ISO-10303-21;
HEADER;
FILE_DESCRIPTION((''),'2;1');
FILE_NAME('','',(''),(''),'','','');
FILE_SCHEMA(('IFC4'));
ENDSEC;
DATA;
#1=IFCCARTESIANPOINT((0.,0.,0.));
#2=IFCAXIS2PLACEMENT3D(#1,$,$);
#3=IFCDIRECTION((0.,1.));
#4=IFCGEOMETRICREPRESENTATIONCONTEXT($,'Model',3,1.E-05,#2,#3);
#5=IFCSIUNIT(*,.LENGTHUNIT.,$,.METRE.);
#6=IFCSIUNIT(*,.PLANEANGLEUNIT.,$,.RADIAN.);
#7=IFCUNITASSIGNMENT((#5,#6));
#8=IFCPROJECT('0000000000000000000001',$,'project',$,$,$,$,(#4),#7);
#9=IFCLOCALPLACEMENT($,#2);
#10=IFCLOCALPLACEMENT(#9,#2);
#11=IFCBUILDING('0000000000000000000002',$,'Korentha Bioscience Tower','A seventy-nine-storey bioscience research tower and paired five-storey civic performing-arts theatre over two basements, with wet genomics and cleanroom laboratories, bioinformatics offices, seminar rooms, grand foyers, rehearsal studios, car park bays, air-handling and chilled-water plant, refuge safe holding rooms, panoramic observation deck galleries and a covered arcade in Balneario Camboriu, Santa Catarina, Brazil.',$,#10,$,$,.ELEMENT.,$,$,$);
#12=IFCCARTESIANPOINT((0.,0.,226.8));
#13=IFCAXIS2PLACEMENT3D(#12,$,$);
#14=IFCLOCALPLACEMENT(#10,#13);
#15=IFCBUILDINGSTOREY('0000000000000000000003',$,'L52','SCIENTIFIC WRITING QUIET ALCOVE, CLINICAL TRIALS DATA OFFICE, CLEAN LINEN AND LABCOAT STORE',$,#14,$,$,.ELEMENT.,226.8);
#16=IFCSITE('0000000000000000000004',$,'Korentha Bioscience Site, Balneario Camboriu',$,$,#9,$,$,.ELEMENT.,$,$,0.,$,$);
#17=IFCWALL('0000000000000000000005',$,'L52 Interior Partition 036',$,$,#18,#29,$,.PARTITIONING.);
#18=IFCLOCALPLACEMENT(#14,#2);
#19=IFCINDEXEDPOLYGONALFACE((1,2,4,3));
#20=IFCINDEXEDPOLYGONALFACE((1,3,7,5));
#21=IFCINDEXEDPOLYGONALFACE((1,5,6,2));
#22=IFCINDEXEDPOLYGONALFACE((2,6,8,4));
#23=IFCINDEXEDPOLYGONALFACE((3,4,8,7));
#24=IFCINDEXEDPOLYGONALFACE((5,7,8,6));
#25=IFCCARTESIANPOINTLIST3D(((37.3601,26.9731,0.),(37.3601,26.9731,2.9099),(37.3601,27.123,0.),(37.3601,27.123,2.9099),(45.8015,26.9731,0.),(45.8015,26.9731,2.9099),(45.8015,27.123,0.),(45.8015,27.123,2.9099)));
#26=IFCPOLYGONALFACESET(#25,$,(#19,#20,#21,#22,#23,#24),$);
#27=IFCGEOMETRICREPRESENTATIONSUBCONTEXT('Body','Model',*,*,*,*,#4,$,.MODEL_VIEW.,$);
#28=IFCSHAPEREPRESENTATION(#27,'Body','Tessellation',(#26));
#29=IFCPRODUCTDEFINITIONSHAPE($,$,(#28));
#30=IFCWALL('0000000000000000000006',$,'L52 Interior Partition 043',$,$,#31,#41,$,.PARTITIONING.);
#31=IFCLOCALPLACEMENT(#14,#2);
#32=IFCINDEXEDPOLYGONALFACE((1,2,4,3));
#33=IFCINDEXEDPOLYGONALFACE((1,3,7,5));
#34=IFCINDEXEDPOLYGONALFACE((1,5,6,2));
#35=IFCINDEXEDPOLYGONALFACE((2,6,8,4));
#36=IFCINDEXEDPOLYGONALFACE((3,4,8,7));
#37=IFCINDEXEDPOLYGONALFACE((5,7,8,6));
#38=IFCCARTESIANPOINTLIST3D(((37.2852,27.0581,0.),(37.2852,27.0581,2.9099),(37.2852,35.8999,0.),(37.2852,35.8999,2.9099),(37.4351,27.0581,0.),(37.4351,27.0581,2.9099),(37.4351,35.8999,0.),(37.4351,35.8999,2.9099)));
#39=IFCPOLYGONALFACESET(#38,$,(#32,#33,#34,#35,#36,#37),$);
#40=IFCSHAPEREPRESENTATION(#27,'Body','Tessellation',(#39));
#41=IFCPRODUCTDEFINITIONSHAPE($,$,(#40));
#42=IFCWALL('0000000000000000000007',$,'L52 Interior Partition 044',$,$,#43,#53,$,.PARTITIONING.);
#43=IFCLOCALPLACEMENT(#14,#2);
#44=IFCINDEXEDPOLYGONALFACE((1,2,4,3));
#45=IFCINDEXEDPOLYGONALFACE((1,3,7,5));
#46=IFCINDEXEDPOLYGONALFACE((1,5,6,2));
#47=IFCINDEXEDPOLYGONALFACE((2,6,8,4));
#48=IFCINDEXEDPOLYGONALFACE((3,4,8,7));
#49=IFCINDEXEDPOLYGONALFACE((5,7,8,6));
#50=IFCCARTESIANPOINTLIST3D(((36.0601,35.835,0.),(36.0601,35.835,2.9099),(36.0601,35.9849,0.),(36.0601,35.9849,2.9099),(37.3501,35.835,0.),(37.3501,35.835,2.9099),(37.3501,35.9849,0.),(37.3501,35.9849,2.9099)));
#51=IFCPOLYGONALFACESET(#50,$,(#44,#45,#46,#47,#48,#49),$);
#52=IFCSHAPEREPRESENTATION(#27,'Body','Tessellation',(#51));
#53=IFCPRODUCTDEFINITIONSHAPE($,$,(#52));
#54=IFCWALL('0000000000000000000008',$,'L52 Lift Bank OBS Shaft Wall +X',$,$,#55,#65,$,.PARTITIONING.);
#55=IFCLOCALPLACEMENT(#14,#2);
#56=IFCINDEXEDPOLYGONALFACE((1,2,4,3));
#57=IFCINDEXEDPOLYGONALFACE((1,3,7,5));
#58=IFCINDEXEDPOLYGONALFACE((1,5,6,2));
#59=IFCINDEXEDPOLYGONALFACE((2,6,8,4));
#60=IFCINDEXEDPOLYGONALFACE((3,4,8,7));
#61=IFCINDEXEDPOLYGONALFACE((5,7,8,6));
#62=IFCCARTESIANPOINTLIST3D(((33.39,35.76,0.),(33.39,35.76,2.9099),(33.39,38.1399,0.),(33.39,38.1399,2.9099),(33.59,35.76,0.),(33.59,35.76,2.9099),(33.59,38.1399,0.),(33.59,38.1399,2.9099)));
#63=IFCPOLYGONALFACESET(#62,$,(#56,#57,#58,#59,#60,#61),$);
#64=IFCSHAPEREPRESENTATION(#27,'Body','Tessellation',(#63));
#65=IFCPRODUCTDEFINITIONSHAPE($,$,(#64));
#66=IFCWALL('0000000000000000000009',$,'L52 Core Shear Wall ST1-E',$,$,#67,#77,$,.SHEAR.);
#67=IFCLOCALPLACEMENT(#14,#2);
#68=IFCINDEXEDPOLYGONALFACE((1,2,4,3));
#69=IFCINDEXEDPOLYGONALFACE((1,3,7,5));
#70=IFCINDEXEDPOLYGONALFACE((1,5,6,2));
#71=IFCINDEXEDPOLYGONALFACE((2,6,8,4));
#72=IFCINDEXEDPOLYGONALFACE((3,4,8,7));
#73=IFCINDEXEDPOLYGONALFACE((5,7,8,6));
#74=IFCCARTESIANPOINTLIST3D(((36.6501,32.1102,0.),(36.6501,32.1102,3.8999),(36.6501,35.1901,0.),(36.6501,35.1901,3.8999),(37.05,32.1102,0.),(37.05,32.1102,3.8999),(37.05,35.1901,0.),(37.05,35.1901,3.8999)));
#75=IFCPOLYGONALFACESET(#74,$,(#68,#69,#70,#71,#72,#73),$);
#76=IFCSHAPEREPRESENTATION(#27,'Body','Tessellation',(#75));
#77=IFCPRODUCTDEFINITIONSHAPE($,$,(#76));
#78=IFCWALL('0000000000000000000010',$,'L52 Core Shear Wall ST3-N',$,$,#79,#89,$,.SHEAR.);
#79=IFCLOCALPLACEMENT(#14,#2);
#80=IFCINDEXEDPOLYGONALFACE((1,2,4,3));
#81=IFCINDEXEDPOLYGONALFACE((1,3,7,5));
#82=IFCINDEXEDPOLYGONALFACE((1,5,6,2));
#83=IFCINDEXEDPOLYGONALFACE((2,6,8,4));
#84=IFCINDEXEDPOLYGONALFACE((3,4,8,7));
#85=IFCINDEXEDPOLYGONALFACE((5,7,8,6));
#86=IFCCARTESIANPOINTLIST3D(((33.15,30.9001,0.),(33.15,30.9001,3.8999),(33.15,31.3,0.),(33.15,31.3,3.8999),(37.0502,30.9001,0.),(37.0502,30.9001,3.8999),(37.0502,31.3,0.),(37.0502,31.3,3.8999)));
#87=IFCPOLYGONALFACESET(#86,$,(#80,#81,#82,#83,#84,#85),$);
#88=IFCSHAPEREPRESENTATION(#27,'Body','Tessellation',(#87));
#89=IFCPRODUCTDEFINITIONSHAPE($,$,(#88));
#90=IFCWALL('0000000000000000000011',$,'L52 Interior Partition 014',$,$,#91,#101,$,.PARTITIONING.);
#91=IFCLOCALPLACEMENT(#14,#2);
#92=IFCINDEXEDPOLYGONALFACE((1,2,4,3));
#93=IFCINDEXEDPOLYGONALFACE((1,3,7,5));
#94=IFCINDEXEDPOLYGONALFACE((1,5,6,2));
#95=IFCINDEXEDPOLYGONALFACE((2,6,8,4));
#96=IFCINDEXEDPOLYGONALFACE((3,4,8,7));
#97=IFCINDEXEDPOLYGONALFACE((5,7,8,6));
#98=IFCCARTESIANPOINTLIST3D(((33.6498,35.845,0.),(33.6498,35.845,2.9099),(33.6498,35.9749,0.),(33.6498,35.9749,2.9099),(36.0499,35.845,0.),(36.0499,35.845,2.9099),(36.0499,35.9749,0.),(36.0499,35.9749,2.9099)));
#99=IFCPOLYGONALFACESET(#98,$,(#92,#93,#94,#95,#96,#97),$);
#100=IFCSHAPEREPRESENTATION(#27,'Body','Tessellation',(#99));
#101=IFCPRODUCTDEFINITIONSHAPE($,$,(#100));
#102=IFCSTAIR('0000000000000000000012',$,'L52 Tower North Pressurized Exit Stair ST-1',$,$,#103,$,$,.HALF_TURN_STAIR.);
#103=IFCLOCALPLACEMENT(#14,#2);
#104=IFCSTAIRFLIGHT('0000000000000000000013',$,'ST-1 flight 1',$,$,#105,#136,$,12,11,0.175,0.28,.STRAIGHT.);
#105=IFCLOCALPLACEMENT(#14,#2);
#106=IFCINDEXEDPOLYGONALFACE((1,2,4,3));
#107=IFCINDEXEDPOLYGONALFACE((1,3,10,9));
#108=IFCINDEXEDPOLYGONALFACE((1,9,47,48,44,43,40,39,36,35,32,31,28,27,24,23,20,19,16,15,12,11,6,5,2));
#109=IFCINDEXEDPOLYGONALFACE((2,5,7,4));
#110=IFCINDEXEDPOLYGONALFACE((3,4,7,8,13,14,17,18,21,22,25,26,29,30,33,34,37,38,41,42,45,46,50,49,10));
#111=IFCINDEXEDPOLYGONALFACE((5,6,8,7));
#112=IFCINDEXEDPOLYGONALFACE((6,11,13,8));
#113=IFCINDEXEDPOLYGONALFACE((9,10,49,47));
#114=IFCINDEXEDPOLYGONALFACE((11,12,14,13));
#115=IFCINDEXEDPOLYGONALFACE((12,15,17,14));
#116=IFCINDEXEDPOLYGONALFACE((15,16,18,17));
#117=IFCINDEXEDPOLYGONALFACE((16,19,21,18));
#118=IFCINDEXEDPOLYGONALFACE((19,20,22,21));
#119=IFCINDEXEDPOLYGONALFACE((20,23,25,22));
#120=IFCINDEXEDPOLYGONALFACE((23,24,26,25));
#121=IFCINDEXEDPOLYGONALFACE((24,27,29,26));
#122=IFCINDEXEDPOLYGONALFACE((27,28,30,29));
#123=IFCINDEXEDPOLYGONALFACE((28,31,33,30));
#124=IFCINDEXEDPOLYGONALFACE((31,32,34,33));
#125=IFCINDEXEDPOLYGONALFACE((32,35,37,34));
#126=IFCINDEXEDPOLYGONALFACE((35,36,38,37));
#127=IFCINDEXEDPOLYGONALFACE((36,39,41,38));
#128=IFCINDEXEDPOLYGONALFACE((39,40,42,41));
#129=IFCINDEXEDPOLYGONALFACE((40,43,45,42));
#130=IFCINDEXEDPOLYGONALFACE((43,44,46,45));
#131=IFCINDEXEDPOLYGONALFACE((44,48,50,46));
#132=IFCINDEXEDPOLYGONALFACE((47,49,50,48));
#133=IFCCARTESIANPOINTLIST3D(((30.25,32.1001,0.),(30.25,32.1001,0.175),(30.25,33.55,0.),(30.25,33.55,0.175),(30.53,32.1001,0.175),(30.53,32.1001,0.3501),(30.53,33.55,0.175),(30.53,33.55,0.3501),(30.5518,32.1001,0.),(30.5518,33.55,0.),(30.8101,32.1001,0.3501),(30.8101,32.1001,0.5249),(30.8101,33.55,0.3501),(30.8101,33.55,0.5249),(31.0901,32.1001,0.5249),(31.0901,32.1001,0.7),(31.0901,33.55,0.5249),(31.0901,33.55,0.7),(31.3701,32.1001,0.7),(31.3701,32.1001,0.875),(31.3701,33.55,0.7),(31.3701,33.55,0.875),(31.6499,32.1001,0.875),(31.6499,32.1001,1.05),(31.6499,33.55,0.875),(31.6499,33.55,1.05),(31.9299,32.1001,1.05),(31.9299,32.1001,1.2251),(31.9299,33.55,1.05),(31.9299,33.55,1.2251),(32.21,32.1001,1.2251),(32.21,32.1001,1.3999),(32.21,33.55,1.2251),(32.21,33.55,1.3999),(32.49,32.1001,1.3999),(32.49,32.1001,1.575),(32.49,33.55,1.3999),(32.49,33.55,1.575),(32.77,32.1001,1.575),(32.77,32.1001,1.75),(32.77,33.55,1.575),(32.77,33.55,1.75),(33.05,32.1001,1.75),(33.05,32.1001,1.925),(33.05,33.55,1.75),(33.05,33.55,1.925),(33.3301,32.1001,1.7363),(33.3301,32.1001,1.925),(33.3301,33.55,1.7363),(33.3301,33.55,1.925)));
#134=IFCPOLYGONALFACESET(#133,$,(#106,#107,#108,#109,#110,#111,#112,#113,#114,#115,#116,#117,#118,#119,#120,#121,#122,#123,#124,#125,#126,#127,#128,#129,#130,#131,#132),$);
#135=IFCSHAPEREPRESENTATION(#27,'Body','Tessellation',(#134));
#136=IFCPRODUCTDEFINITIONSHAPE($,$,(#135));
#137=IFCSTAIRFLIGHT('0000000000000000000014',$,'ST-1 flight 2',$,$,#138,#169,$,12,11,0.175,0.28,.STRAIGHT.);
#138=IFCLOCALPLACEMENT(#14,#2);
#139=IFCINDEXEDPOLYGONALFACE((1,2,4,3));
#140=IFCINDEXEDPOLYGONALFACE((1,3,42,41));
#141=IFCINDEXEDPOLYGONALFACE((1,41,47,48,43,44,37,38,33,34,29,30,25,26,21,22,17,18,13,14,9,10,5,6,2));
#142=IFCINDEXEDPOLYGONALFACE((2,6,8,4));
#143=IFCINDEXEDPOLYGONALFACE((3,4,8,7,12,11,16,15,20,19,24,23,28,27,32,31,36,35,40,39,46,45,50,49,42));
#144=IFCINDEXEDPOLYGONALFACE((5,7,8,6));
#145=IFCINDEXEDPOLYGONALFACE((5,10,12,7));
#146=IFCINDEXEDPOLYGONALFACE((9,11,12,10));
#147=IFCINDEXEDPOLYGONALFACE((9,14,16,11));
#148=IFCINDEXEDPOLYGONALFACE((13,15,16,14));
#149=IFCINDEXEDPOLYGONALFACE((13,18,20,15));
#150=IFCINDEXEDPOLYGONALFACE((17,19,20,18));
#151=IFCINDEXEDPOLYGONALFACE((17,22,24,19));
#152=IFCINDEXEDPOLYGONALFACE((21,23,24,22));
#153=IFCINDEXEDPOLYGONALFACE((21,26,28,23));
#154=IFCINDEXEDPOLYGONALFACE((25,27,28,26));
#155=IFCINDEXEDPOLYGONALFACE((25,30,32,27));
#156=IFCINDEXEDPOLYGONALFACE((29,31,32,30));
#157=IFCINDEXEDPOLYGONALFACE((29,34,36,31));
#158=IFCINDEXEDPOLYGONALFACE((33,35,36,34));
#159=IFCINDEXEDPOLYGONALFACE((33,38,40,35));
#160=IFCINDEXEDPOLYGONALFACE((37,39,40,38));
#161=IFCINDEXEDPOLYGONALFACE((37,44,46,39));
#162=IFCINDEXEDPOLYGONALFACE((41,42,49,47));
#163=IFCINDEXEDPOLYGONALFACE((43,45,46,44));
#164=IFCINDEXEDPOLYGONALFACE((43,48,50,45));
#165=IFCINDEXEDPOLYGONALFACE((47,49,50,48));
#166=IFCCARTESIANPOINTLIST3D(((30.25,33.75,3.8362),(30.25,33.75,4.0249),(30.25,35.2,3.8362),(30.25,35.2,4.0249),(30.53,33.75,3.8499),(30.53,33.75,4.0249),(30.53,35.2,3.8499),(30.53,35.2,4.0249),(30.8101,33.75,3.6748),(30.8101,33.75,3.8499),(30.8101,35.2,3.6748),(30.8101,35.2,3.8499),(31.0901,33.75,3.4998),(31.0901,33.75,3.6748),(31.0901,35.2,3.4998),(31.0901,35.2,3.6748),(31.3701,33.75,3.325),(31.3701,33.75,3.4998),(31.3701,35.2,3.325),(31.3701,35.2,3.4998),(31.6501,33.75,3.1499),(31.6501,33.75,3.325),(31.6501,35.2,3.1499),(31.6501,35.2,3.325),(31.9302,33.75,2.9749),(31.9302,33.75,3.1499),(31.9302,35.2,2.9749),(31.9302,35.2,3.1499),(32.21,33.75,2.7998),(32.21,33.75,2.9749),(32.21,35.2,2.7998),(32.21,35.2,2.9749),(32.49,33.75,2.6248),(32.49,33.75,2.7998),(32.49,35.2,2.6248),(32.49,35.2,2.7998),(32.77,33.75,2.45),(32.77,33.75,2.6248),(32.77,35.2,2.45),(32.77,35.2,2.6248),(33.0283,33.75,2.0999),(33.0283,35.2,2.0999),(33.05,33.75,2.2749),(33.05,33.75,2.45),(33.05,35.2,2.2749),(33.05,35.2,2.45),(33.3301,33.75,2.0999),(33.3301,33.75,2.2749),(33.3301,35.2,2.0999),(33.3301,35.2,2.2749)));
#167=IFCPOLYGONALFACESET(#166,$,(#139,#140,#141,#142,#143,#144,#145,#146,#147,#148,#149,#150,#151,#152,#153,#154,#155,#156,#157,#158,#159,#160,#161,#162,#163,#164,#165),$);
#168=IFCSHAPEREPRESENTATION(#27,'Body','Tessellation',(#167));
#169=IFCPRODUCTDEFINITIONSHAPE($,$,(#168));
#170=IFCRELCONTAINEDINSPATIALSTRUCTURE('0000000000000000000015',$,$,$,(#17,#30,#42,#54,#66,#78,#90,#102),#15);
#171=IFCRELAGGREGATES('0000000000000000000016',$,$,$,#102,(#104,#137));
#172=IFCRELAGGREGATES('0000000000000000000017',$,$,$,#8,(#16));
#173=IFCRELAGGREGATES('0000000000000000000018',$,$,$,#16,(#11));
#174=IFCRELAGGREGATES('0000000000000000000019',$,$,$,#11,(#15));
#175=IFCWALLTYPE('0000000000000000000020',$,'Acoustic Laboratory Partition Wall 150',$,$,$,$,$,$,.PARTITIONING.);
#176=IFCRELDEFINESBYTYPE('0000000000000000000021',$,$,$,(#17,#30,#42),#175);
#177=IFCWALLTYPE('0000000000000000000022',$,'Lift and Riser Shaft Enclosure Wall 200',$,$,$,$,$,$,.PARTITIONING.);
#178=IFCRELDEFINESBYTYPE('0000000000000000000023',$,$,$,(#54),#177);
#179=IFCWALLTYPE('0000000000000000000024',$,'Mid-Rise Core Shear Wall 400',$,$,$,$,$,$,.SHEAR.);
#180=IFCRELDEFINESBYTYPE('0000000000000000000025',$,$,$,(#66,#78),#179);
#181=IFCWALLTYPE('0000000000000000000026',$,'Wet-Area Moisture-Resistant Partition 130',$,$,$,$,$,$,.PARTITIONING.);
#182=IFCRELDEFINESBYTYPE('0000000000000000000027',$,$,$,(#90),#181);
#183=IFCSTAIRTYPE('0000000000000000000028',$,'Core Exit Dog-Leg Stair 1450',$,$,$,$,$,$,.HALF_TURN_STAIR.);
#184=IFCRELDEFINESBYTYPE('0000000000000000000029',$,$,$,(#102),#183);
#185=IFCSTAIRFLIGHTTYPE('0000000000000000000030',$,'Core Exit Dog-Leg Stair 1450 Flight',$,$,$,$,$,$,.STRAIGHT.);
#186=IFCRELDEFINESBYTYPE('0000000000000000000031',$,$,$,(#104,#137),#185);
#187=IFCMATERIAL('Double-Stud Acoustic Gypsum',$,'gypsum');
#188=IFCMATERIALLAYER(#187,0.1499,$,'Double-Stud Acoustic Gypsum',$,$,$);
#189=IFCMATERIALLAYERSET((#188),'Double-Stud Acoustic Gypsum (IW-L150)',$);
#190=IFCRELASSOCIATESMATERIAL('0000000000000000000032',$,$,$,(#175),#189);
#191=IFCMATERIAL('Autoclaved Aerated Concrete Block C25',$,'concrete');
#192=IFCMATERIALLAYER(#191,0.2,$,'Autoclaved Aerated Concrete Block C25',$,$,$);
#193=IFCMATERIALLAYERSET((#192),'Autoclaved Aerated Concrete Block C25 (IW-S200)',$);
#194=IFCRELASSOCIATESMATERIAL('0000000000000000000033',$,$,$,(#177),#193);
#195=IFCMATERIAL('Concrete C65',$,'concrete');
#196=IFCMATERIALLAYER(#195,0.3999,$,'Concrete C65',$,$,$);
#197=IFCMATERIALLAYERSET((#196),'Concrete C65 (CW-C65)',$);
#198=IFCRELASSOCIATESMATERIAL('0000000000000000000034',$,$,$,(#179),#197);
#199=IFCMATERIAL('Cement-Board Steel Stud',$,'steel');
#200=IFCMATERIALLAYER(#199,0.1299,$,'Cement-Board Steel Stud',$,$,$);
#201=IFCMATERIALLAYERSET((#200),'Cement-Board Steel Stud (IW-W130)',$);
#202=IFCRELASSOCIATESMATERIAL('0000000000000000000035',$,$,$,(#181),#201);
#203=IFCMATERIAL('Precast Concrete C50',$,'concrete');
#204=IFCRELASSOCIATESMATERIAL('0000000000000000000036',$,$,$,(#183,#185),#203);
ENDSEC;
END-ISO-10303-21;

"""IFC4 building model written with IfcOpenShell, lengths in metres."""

from ifc_helpers import new_model, si_unit, direction, frame, frame_2d, origin, place, context, subcontext, project, spatial, polyline, rectangle, outline, extrude, material, layer, layer_set, type_object, element, aggregate, save


model = new_model("IFC4")

# Units and contexts
model_context = context("Model", 3, precision=1e-05, world=origin(), true_north=direction((0.0, 1.0)))
body_context = subcontext(model_context, "Body", "Model", "MODEL_VIEW")
ifc_project = project(units=[si_unit("LENGTHUNIT", "METRE"), si_unit("PLANEANGLEUNIT", "RADIAN")], contexts=[model_context])

# Site, building, storey
site_placement = place(None, origin())
site = spatial("IfcSite", under=ifc_project, at=site_placement, Name="Korentha Bioscience Site, Balneario Camboriu", CompositionType="ELEMENT", RefElevation=0.0)
building_placement = place(site_placement, origin())
building = spatial("IfcBuilding", under=site, at=building_placement, Name="Korentha Bioscience Tower", Description="A seventy-nine-storey bioscience research tower and paired five-storey civic performing-arts theatre over two basements, with wet genomics and cleanroom laboratories, bioinformatics offices, seminar rooms, grand foyers, rehearsal studios, car park bays, air-handling and chilled-water plant, refuge safe holding rooms, panoramic observation deck galleries and a covered arcade in Balneario Camboriu, Santa Catarina, Brazil.", CompositionType="ELEMENT")
storey_placement = place(building_placement, frame((0.0, 0.0, 226.8)))
storey = spatial("IfcBuildingStorey", under=building, at=storey_placement, Name="L52", Description="SCIENTIFIC WRITING QUIET ALCOVE, CLINICAL TRIALS DATA OFFICE, CLEAN LINEN AND LABCOAT STORE", CompositionType="ELEMENT", Elevation=226.8)

# Shared definitions
ifc_material_1 = material(Name="Concrete C65", Category="concrete")

# Walls
ifc_material_2 = material(Name="Double-Stud Acoustic Gypsum", Category="gypsum")
ifc_layer_1 = layer(ifc_material_2, 0.1499, Name="Double-Stud Acoustic Gypsum")
ifc_layer_set_1 = layer_set([ifc_layer_1], Name="Double-Stud Acoustic Gypsum (IW-L150)")
wall_type_1 = type_object("IfcWallType", Name="Acoustic Laboratory Partition Wall 150", PredefinedType="PARTITIONING", material=ifc_layer_set_1)
wall_1_placement = place(storey_placement, frame((37.3601, 27.0481, 0.0), z_axis=(0.0, 0.0, 1.0), x_axis=(1.0, 0.0, 0.0)))
element("IfcWall", 1, at=wall_1_placement, inside=storey, type_object=wall_type_1, Name="L52 Interior Partition 036", PredefinedType="PARTITIONING", context=body_context, shape_type="SweptSolid", body=[
    extrude(rectangle(XDim=8.4414, YDim=0.1499, at=frame_2d((4.2207, 0.0))), origin(), (0.0, 0.0, 1.0), 2.9099),
])
wall_2_placement = place(storey_placement, frame((37.3601, 27.0581, 0.0), z_axis=(0.0, 0.0, 1.0), x_axis=(0.0, 1.0, 0.0)))
element("IfcWall", 2, at=wall_2_placement, inside=storey, type_object=wall_type_1, Name="L52 Interior Partition 043", PredefinedType="PARTITIONING", context=body_context, shape_type="SweptSolid", body=[
    extrude(rectangle(XDim=8.8418, YDim=0.1499, at=frame_2d((4.4209, 0.0))), origin(), (0.0, 0.0, 1.0), 2.9099),
])
wall_3_placement = place(storey_placement, frame((37.3501, 35.9099, 0.0), z_axis=(0.0, 0.0, 1.0), x_axis=(-1.0, 0.0, 0.0)))
element("IfcWall", 3, at=wall_3_placement, inside=storey, type_object=wall_type_1, Name="L52 Interior Partition 044", PredefinedType="PARTITIONING", context=body_context, shape_type="SweptSolid", body=[
    extrude(rectangle(XDim=1.29, YDim=0.1499, at=frame_2d((0.645, 0.0))), origin(), (0.0, 0.0, 1.0), 2.9099),
])
ifc_material_3 = material(Name="Autoclaved Aerated Concrete Block C25", Category="concrete")
ifc_layer_2 = layer(ifc_material_3, 0.2, Name="Autoclaved Aerated Concrete Block C25")
ifc_layer_set_2 = layer_set([ifc_layer_2], Name="Autoclaved Aerated Concrete Block C25 (IW-S200)")
wall_type_2 = type_object("IfcWallType", Name="Lift and Riser Shaft Enclosure Wall 200", PredefinedType="PARTITIONING", material=ifc_layer_set_2)
wall_4_placement = place(storey_placement, frame((33.49, 35.76, 0.0), z_axis=(0.0, 0.0, 1.0), x_axis=(0.0, 1.0, 0.0)))
element("IfcWall", 4, at=wall_4_placement, inside=storey, type_object=wall_type_2, Name="L52 Lift Bank OBS Shaft Wall +X", PredefinedType="PARTITIONING", context=body_context, shape_type="SweptSolid", body=[
    extrude(rectangle(XDim=2.3799, YDim=0.2, at=frame_2d((1.1899, 0.0))), origin(), (0.0, 0.0, 1.0), 2.9099),
])
ifc_layer_3 = layer(ifc_material_1, 0.3999, Name="Concrete C65")
ifc_layer_set_3 = layer_set([ifc_layer_3], Name="Concrete C65 (CW-C65)")
wall_type_3 = type_object("IfcWallType", Name="Mid-Rise Core Shear Wall 400", PredefinedType="SHEAR", material=ifc_layer_set_3)
wall_5_placement = place(storey_placement, frame((36.8501, 32.1101, 0.0), z_axis=(0.0, 0.0, 1.0), x_axis=(0.0, 1.0, 0.0)))
element("IfcWall", 5, at=wall_5_placement, inside=storey, type_object=wall_type_3, Name="L52 Core Shear Wall ST1-E", PredefinedType="SHEAR", context=body_context, shape_type="SweptSolid", body=[
    extrude(rectangle(XDim=3.0798, YDim=0.3999, at=frame_2d((1.54, 0.0))), origin(), (0.0, 0.0, 1.0), 3.8999),
])
wall_6_placement = place(storey_placement, frame((33.1499, 31.1001, 0.0), z_axis=(0.0, 0.0, 1.0), x_axis=(1.0, 0.0, 0.0)))
element("IfcWall", 6, at=wall_6_placement, inside=storey, type_object=wall_type_3, Name="L52 Core Shear Wall ST3-N", PredefinedType="SHEAR", context=body_context, shape_type="SweptSolid", body=[
    extrude(rectangle(XDim=3.9001, YDim=0.3999, at=frame_2d((1.9502, 0.0))), origin(), (0.0, 0.0, 1.0), 3.8999),
])
ifc_material_4 = material(Name="Cement-Board Steel Stud", Category="steel")
ifc_layer_4 = layer(ifc_material_4, 0.1299, Name="Cement-Board Steel Stud")
ifc_layer_set_4 = layer_set([ifc_layer_4], Name="Cement-Board Steel Stud (IW-W130)")
wall_type_4 = type_object("IfcWallType", Name="Wet-Area Moisture-Resistant Partition 130", PredefinedType="PARTITIONING", material=ifc_layer_set_4)
wall_7_placement = place(storey_placement, frame((36.05, 35.9099, 0.0), z_axis=(0.0, 0.0, 1.0), x_axis=(-1.0, 0.0, 0.0)))
element("IfcWall", 7, at=wall_7_placement, inside=storey, type_object=wall_type_4, Name="L52 Interior Partition 014", PredefinedType="PARTITIONING", context=body_context, shape_type="SweptSolid", body=[
    extrude(rectangle(XDim=2.4001, YDim=0.1299, at=frame_2d((1.2002, 0.0))), origin(), (0.0, 0.0, 1.0), 2.9099),
])

# Stair, stair flights
ifc_material_5 = material(Name="Precast Concrete C50", Category="concrete")
stair_type = type_object("IfcStairType", Name="Core Exit Dog-Leg Stair 1450", PredefinedType="HALF_TURN_STAIR", material=ifc_material_5)
stair_1_placement = place(storey_placement, origin())
stair_1 = element("IfcStair", 8, at=stair_1_placement, inside=storey, type_object=stair_type, Name="L52 Tower North Pressurized Exit Stair ST-1", PredefinedType="HALF_TURN_STAIR")
stair_flight_type = type_object("IfcStairFlightType", Name="Core Exit Dog-Leg Stair 1450 Flight", PredefinedType="STRAIGHT", material=ifc_material_5)
stair_flight_1_placement = place(storey_placement, frame((30.25, 32.825, 0.0), z_axis=(0.0, 0.0, 1.0), x_axis=(1.0, 0.0, 0.0)))
stair_flight_1 = element("IfcStairFlight", 9, at=stair_flight_1_placement, type_object=stair_flight_type, Name="ST-1 flight 1", NumberOfRisers=12, NumberOfTreads=11, PredefinedType="STRAIGHT", RiserHeight=0.175, TreadLength=0.28, context=body_context, shape_type="SweptSolid", body=[
    extrude(outline(polyline([(0.0, 0.0), (0.0, 0.175), (0.28, 0.175), (0.28, 0.3501), (0.5601, 0.3501), (0.5601, 0.5249), (0.8401, 0.5249), (0.8401, 0.7), (1.1201, 0.7), (1.1201, 0.875), (1.3999, 0.875), (1.3999, 1.05), (1.6799, 1.05), (1.6799, 1.2251), (1.96, 1.2251), (1.96, 1.3999), (2.24, 1.3999), (2.24, 1.575), (2.52, 1.575), (2.52, 1.75), (2.8, 1.75), (2.8, 1.925), (3.0801, 1.925), (3.0801, 2.1001), (3.0801, 1.7363), (0.3018, 0.0), (0.0, 0.0)])), frame((0.0, 0.7251, 0.0), z_axis=(0.0, -1.0, 0.0), x_axis=(1.0, 0.0, 0.0)), (0.0, 0.0, 1.0), 1.45),
])
stair_flight_2_placement = place(storey_placement, frame((33.3301, 34.4751, 2.0999), z_axis=(0.0, 0.0, 1.0), x_axis=(-1.0, 0.0, 0.0)))
stair_flight_2 = element("IfcStairFlight", 10, at=stair_flight_2_placement, type_object=stair_flight_type, Name="ST-1 flight 2", NumberOfRisers=12, NumberOfTreads=11, PredefinedType="STRAIGHT", RiserHeight=0.175, TreadLength=0.28, context=body_context, shape_type="SweptSolid", body=[
    extrude(outline(polyline([(0.0, 0.0), (0.0, 0.175), (0.28, 0.175), (0.28, 0.3501), (0.5601, 0.3501), (0.5601, 0.5249), (0.8401, 0.5249), (0.8401, 0.7), (1.1201, 0.7), (1.1201, 0.875), (1.3999, 0.875), (1.3999, 1.05), (1.6799, 1.05), (1.6799, 1.2251), (1.96, 1.2251), (1.96, 1.3999), (2.24, 1.3999), (2.24, 1.575), (2.52, 1.575), (2.52, 1.75), (2.8, 1.75), (2.8, 1.925), (3.0801, 1.925), (3.0801, 2.1001), (3.0801, 1.7363), (0.3018, 0.0), (0.0, 0.0)])), frame((0.0, 0.7251, 0.0), z_axis=(0.0, -1.0, 0.0), x_axis=(1.0, 0.0, 0.0)), (0.0, 0.0, 1.0), 1.45),
])
aggregate(stair_1, [stair_flight_1, stair_flight_2])

save(model, "model.ifc")
